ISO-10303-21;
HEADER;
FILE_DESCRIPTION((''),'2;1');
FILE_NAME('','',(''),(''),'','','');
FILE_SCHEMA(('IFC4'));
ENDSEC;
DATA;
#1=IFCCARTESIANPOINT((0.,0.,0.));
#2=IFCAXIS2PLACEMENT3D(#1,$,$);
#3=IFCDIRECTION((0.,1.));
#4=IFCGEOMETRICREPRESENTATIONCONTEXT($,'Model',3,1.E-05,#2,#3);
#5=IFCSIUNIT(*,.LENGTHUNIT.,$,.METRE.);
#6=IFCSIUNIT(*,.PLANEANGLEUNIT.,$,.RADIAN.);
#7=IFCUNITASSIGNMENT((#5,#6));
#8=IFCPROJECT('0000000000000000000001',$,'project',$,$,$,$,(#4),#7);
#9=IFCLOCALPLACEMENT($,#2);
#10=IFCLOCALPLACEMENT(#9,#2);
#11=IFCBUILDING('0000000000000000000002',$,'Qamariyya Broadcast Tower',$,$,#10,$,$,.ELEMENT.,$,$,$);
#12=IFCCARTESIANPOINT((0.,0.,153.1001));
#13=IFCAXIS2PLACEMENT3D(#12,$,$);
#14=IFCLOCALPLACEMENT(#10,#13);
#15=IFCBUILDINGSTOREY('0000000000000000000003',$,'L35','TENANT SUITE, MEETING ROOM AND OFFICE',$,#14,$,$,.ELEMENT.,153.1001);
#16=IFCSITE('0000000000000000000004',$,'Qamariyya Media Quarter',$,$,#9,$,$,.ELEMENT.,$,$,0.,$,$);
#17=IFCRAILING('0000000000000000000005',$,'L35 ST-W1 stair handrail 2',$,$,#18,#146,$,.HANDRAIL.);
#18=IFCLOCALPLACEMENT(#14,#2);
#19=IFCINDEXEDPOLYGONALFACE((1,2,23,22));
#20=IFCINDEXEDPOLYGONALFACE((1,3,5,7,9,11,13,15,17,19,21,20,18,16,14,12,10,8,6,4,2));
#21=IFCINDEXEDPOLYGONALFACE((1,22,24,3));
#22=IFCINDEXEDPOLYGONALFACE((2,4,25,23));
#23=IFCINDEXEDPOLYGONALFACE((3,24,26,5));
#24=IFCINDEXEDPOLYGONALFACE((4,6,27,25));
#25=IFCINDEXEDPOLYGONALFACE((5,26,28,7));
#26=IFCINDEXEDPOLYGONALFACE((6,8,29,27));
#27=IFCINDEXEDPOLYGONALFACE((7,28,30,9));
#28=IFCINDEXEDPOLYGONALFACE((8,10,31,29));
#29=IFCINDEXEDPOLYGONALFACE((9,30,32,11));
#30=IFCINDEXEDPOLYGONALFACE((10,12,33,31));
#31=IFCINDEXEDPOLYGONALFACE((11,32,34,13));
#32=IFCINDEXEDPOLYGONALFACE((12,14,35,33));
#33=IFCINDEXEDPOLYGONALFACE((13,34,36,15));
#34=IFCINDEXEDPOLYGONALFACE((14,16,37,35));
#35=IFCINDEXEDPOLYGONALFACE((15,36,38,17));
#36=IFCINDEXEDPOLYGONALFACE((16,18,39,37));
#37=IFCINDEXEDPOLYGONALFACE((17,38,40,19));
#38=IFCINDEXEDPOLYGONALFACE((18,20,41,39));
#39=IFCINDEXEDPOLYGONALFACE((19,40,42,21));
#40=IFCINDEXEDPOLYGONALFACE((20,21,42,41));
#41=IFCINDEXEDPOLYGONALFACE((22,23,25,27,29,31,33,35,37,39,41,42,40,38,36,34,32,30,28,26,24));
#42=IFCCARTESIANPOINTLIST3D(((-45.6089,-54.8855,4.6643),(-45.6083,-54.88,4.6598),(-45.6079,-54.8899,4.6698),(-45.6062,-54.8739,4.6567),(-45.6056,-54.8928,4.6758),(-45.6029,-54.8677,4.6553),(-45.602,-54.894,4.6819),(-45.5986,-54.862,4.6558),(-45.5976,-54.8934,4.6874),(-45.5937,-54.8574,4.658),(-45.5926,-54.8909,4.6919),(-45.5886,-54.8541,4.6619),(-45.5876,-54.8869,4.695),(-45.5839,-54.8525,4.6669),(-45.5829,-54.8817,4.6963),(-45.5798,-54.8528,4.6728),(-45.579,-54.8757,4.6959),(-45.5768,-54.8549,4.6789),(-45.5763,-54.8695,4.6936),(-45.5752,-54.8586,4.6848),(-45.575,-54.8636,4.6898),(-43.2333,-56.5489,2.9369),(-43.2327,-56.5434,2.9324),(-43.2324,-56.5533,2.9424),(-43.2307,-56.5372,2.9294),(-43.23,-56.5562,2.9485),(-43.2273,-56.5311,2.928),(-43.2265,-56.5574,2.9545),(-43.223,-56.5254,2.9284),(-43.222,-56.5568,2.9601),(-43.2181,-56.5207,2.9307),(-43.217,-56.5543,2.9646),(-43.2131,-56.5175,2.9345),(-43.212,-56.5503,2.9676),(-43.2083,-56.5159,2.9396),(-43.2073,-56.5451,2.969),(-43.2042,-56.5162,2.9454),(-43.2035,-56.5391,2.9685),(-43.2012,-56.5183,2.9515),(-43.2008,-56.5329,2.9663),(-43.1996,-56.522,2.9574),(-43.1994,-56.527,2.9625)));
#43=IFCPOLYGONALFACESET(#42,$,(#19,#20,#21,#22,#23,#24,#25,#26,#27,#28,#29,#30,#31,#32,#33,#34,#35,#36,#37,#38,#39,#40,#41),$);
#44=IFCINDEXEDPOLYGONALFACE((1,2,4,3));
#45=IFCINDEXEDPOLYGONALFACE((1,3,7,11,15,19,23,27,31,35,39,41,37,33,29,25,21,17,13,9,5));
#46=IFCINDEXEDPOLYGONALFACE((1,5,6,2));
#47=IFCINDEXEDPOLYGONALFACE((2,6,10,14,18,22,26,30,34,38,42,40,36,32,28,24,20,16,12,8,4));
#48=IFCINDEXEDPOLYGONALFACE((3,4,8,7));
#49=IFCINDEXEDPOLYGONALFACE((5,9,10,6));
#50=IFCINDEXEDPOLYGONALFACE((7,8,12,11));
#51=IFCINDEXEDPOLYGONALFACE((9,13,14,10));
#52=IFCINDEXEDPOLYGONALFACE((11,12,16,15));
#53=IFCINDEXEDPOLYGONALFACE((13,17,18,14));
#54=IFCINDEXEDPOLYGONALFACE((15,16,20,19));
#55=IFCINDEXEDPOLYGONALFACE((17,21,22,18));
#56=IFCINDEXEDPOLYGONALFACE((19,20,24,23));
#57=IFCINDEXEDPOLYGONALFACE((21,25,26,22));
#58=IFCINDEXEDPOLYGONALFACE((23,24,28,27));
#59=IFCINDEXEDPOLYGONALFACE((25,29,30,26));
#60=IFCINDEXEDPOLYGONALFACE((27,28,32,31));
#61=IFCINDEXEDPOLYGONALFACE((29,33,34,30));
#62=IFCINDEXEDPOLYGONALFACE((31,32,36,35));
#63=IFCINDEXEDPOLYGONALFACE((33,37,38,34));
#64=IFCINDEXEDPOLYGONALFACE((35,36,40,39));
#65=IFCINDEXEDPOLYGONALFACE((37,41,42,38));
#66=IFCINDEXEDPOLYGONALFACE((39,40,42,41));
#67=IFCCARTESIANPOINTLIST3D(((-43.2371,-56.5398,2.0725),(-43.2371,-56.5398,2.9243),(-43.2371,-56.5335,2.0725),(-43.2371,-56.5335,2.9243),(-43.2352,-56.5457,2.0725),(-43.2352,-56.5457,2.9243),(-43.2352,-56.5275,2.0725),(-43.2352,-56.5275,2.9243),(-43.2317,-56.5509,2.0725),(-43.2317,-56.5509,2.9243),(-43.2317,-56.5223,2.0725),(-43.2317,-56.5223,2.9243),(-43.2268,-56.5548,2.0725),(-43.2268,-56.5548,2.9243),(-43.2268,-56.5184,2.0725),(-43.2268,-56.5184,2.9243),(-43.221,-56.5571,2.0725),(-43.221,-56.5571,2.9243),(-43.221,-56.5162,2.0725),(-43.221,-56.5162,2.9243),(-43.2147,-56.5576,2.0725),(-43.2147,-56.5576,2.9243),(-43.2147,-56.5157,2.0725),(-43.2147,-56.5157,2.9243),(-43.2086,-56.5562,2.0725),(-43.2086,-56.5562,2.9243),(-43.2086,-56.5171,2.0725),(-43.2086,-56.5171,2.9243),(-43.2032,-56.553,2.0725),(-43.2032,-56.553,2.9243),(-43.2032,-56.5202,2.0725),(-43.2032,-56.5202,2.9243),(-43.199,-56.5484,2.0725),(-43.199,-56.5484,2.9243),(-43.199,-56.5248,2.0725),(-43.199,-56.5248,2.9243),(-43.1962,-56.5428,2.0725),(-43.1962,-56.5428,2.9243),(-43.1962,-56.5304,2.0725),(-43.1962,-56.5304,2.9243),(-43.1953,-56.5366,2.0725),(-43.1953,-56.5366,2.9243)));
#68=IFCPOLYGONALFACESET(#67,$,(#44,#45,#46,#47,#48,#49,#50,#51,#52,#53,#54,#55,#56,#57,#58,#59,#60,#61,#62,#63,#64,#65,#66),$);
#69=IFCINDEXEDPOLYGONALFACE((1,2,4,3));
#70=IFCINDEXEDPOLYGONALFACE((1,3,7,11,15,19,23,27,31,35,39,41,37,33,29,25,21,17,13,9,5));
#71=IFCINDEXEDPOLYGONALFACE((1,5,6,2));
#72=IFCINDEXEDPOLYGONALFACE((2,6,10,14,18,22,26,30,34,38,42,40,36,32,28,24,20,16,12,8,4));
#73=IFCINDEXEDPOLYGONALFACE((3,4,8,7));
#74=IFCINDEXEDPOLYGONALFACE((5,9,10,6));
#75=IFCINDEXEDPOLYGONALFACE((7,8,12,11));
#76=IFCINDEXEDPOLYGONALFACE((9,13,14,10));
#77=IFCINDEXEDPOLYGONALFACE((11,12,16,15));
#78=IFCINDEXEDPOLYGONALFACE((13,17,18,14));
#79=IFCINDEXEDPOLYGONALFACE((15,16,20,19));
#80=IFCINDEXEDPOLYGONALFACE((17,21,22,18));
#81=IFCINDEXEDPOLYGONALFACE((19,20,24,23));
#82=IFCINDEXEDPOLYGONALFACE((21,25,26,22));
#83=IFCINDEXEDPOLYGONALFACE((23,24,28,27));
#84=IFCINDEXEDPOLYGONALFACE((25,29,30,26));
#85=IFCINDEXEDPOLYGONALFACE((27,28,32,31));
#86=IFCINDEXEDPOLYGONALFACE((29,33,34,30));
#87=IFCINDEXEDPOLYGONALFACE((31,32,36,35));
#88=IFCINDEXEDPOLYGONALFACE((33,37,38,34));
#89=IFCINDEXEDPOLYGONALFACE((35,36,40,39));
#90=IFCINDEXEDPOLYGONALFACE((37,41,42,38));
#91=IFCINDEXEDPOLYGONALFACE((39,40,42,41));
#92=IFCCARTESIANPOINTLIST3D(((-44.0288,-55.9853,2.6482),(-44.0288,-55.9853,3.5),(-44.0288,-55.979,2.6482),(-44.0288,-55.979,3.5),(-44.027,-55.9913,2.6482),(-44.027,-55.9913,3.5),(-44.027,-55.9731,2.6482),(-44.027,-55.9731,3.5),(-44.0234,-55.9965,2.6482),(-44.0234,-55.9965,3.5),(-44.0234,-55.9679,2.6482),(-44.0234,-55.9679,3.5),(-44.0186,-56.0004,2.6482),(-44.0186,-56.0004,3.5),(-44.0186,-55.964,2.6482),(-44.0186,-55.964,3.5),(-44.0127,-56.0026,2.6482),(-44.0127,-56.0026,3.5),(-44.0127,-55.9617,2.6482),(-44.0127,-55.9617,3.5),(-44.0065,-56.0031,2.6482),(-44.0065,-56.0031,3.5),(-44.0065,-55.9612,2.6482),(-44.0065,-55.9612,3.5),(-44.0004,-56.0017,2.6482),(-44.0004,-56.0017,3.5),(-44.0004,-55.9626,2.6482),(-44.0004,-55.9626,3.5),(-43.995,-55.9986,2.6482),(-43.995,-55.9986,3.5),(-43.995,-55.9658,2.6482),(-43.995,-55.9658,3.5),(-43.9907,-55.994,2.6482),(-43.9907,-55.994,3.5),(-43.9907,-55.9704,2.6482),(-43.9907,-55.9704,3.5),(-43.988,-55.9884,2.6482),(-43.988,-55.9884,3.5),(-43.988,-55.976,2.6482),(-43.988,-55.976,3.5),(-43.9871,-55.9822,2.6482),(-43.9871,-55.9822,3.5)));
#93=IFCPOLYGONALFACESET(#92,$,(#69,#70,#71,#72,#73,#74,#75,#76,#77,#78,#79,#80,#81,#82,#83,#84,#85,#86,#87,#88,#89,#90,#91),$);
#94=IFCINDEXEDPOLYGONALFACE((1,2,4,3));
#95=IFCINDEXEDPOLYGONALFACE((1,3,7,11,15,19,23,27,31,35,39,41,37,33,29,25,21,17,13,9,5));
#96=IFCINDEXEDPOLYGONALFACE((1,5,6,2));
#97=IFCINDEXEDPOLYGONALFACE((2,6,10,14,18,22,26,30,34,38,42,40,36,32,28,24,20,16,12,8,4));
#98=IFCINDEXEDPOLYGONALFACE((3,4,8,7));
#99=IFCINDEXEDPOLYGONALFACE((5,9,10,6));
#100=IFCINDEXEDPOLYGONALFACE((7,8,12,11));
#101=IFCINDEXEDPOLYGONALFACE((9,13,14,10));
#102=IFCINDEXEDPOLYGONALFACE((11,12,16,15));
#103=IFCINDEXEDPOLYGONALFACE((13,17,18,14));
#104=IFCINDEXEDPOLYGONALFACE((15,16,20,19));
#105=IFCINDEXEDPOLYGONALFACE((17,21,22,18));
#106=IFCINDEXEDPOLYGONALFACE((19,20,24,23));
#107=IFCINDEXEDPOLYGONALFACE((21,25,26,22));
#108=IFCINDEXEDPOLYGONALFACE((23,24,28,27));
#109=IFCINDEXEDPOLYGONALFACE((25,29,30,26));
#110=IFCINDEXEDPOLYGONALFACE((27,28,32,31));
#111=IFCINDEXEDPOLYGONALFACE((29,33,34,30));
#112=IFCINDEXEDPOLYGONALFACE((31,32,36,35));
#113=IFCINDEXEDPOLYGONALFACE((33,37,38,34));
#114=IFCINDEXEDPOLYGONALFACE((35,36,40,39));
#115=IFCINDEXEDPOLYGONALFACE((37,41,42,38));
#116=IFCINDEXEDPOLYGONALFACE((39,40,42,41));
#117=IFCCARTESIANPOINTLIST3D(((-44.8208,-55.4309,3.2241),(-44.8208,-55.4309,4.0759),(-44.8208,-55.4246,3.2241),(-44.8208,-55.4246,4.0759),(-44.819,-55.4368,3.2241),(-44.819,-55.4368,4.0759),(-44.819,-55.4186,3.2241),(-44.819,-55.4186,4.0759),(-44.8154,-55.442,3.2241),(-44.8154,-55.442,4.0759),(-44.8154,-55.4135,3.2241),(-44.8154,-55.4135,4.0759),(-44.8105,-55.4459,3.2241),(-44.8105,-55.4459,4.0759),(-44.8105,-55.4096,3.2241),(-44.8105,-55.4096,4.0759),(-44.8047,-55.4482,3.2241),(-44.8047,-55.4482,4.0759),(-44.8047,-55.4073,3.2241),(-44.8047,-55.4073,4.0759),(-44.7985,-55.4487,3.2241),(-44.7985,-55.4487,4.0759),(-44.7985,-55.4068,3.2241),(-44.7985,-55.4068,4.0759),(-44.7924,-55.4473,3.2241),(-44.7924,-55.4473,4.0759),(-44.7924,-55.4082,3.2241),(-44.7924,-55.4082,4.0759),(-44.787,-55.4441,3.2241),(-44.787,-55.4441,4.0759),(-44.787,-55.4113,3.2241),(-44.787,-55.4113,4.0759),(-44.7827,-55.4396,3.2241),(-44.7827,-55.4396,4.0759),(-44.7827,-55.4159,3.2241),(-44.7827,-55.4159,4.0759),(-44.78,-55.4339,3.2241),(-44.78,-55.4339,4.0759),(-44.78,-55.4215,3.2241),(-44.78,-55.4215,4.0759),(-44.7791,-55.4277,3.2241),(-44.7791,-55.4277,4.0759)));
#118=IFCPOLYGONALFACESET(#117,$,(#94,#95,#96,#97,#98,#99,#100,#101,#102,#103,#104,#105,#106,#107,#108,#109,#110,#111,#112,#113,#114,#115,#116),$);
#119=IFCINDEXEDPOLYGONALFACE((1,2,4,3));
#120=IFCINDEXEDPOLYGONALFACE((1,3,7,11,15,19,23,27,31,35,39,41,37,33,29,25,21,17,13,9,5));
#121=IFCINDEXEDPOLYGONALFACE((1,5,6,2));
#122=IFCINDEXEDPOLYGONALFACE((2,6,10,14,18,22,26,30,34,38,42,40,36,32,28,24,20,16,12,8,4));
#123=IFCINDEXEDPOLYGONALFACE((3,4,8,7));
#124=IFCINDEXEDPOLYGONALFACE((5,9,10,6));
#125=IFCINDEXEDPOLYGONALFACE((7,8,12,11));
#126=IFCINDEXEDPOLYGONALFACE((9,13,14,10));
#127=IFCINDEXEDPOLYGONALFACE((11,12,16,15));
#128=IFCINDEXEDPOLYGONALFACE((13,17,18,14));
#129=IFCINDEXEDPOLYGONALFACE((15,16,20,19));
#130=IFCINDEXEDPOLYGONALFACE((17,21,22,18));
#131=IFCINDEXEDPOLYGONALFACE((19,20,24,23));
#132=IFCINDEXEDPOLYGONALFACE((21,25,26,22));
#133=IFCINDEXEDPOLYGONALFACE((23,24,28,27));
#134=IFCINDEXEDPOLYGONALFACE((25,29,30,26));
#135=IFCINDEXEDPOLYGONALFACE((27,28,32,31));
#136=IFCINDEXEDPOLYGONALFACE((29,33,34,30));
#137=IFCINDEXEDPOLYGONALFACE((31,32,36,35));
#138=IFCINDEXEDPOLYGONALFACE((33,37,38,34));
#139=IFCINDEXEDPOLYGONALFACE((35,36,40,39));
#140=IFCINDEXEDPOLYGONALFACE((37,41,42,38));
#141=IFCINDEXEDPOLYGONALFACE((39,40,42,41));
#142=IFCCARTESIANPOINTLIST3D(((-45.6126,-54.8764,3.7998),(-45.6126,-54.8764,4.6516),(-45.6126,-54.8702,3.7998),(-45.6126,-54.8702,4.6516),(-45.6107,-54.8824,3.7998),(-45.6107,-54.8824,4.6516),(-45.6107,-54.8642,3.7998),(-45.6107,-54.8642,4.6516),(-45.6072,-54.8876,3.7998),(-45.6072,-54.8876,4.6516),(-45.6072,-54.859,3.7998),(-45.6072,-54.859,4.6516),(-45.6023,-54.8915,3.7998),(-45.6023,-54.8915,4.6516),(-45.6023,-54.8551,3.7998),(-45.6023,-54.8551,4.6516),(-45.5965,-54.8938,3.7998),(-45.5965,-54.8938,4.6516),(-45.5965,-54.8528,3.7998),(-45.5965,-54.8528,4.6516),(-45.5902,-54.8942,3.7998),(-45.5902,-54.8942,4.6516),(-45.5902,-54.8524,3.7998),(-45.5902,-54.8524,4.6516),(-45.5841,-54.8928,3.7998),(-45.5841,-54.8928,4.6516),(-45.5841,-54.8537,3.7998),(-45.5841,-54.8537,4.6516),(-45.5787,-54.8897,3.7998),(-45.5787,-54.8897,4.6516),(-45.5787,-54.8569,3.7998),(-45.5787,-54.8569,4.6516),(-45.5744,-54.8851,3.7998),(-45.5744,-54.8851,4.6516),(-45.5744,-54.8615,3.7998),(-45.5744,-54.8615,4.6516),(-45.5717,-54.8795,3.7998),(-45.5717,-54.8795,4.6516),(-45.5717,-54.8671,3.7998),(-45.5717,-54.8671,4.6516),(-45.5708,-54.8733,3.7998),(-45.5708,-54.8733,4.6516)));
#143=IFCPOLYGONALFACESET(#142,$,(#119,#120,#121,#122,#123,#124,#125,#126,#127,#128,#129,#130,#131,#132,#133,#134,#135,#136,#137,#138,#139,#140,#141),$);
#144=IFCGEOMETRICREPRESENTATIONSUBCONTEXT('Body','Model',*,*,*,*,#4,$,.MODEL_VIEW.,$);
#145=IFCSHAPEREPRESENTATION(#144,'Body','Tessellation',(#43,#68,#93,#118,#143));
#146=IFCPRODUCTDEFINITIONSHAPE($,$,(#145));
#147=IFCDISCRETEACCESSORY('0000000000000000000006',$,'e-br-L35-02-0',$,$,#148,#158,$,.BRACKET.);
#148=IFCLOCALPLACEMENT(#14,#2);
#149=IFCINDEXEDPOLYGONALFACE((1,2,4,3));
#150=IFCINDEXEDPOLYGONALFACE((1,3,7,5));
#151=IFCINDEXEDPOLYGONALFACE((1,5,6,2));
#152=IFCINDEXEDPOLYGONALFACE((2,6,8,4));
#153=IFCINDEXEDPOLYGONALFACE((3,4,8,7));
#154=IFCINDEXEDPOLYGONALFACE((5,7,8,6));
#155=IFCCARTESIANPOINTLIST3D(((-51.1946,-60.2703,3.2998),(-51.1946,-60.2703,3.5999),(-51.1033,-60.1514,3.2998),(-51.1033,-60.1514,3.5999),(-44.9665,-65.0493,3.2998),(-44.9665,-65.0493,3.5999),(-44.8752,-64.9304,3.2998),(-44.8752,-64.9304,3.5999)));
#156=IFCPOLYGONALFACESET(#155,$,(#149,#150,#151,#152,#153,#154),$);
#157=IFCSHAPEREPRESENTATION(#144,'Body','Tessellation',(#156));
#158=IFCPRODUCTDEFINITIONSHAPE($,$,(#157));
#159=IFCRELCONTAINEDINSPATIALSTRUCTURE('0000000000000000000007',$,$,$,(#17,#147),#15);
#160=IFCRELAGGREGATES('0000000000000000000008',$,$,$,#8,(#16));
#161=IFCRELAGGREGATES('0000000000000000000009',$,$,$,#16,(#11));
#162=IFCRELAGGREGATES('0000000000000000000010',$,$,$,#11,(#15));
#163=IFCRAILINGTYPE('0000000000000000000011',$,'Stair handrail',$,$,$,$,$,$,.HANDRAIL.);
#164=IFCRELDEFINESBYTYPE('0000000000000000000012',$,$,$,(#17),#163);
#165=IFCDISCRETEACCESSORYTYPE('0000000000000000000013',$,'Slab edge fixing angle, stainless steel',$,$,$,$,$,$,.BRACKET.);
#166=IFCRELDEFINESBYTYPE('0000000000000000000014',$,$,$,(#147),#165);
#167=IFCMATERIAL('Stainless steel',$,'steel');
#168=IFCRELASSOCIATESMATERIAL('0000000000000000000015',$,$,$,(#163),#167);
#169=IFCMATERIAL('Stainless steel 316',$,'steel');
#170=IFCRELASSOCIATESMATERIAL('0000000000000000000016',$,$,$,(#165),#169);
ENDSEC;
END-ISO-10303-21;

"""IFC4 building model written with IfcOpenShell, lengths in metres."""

from ifc_helpers import new_model, si_unit, direction, frame, origin, origin_2d, place, context, subcontext, project, spatial, rectangle, circle, extrude, material, type_object, element, save


model = new_model("IFC4")

# Units and contexts
model_context = context("Model", 3, precision=1e-05, world=origin(), true_north=direction((0.0, 1.0)))
body_context = subcontext(model_context, "Body", "Model", "MODEL_VIEW")
ifc_project = project(units=[si_unit("LENGTHUNIT", "METRE"), si_unit("PLANEANGLEUNIT", "RADIAN")], contexts=[model_context])

# Site, building, storey
site_placement = place(None, origin())
site = spatial("IfcSite", under=ifc_project, at=site_placement, Name="Qamariyya Media Quarter", CompositionType="ELEMENT", RefElevation=0.0)
building_placement = place(site_placement, origin())
building = spatial("IfcBuilding", under=site, at=building_placement, Name="Qamariyya Broadcast Tower", CompositionType="ELEMENT")
storey_placement = place(building_placement, frame((0.0, 0.0, 153.1001)))
storey = spatial("IfcBuildingStorey", under=building, at=storey_placement, Name="L35", Description="TENANT SUITE, MEETING ROOM AND OFFICE", CompositionType="ELEMENT", Elevation=153.1001)

# Railing
ifc_material_1 = material(Name="Stainless steel", Category="steel")
railing_type_1 = type_object("IfcRailingType", Name="Stair handrail", PredefinedType="HANDRAIL", material=ifc_material_1)
railing_1_placement = place(storey_placement, frame((-43.2163, -56.5366, 2.0725)))
element("IfcRailing", 1, at=railing_1_placement, inside=storey, type_object=railing_type_1, Name="L35 ST-W1 stair handrail 2", PredefinedType="HANDRAIL", context=body_context, shape_type="SweptSolid", body=[
    extrude(circle(Radius=0.0239, at=origin_2d()), frame((0.0, 0.0, 0.876), z_axis=(-0.70377, 0.492784, 0.511734), x_axis=(-0.573575, -0.819153, 0.0)), (0.0, 0.0, 1.0), 3.3755),
    extrude(circle(Radius=0.021, at=origin_2d()), origin(), (0.0, 0.0, 1.0), 0.8518),
    extrude(circle(Radius=0.021, at=origin_2d()), frame((-0.7917, 0.5544, 0.5757)), (0.0, 0.0, 1.0), 0.8518),
    extrude(circle(Radius=0.021, at=origin_2d()), frame((-1.5837, 1.1089, 1.1516)), (0.0, 0.0, 1.0), 0.8518),
    extrude(circle(Radius=0.021, at=origin_2d()), frame((-2.3755, 1.6633, 1.7273)), (0.0, 0.0, 1.0), 0.8518),
])

# Discrete accessory
ifc_material_2 = material(Name="Stainless steel 316", Category="steel")
discrete_accessory_type = type_object("IfcDiscreteAccessoryType", Name="Slab edge fixing angle, stainless steel", PredefinedType="BRACKET", material=ifc_material_2)
discrete_accessory_placement = place(storey_placement, frame((-48.0349, -62.6003, 3.2998), z_axis=(0.0, 0.0, 1.0), x_axis=(0.793353, -0.608761, 0.0)))
element("IfcDiscreteAccessory", 2, at=discrete_accessory_placement, inside=storey, type_object=discrete_accessory_type, Name="e-br-L35-02-0", PredefinedType="BRACKET", context=body_context, shape_type="SweptSolid", body=[
    extrude(rectangle(XDim=7.8503, YDim=0.1499, at=origin_2d()), origin(), (0.0, 0.0, 1.0), 0.3),
])

save(model, "model.ifc")
